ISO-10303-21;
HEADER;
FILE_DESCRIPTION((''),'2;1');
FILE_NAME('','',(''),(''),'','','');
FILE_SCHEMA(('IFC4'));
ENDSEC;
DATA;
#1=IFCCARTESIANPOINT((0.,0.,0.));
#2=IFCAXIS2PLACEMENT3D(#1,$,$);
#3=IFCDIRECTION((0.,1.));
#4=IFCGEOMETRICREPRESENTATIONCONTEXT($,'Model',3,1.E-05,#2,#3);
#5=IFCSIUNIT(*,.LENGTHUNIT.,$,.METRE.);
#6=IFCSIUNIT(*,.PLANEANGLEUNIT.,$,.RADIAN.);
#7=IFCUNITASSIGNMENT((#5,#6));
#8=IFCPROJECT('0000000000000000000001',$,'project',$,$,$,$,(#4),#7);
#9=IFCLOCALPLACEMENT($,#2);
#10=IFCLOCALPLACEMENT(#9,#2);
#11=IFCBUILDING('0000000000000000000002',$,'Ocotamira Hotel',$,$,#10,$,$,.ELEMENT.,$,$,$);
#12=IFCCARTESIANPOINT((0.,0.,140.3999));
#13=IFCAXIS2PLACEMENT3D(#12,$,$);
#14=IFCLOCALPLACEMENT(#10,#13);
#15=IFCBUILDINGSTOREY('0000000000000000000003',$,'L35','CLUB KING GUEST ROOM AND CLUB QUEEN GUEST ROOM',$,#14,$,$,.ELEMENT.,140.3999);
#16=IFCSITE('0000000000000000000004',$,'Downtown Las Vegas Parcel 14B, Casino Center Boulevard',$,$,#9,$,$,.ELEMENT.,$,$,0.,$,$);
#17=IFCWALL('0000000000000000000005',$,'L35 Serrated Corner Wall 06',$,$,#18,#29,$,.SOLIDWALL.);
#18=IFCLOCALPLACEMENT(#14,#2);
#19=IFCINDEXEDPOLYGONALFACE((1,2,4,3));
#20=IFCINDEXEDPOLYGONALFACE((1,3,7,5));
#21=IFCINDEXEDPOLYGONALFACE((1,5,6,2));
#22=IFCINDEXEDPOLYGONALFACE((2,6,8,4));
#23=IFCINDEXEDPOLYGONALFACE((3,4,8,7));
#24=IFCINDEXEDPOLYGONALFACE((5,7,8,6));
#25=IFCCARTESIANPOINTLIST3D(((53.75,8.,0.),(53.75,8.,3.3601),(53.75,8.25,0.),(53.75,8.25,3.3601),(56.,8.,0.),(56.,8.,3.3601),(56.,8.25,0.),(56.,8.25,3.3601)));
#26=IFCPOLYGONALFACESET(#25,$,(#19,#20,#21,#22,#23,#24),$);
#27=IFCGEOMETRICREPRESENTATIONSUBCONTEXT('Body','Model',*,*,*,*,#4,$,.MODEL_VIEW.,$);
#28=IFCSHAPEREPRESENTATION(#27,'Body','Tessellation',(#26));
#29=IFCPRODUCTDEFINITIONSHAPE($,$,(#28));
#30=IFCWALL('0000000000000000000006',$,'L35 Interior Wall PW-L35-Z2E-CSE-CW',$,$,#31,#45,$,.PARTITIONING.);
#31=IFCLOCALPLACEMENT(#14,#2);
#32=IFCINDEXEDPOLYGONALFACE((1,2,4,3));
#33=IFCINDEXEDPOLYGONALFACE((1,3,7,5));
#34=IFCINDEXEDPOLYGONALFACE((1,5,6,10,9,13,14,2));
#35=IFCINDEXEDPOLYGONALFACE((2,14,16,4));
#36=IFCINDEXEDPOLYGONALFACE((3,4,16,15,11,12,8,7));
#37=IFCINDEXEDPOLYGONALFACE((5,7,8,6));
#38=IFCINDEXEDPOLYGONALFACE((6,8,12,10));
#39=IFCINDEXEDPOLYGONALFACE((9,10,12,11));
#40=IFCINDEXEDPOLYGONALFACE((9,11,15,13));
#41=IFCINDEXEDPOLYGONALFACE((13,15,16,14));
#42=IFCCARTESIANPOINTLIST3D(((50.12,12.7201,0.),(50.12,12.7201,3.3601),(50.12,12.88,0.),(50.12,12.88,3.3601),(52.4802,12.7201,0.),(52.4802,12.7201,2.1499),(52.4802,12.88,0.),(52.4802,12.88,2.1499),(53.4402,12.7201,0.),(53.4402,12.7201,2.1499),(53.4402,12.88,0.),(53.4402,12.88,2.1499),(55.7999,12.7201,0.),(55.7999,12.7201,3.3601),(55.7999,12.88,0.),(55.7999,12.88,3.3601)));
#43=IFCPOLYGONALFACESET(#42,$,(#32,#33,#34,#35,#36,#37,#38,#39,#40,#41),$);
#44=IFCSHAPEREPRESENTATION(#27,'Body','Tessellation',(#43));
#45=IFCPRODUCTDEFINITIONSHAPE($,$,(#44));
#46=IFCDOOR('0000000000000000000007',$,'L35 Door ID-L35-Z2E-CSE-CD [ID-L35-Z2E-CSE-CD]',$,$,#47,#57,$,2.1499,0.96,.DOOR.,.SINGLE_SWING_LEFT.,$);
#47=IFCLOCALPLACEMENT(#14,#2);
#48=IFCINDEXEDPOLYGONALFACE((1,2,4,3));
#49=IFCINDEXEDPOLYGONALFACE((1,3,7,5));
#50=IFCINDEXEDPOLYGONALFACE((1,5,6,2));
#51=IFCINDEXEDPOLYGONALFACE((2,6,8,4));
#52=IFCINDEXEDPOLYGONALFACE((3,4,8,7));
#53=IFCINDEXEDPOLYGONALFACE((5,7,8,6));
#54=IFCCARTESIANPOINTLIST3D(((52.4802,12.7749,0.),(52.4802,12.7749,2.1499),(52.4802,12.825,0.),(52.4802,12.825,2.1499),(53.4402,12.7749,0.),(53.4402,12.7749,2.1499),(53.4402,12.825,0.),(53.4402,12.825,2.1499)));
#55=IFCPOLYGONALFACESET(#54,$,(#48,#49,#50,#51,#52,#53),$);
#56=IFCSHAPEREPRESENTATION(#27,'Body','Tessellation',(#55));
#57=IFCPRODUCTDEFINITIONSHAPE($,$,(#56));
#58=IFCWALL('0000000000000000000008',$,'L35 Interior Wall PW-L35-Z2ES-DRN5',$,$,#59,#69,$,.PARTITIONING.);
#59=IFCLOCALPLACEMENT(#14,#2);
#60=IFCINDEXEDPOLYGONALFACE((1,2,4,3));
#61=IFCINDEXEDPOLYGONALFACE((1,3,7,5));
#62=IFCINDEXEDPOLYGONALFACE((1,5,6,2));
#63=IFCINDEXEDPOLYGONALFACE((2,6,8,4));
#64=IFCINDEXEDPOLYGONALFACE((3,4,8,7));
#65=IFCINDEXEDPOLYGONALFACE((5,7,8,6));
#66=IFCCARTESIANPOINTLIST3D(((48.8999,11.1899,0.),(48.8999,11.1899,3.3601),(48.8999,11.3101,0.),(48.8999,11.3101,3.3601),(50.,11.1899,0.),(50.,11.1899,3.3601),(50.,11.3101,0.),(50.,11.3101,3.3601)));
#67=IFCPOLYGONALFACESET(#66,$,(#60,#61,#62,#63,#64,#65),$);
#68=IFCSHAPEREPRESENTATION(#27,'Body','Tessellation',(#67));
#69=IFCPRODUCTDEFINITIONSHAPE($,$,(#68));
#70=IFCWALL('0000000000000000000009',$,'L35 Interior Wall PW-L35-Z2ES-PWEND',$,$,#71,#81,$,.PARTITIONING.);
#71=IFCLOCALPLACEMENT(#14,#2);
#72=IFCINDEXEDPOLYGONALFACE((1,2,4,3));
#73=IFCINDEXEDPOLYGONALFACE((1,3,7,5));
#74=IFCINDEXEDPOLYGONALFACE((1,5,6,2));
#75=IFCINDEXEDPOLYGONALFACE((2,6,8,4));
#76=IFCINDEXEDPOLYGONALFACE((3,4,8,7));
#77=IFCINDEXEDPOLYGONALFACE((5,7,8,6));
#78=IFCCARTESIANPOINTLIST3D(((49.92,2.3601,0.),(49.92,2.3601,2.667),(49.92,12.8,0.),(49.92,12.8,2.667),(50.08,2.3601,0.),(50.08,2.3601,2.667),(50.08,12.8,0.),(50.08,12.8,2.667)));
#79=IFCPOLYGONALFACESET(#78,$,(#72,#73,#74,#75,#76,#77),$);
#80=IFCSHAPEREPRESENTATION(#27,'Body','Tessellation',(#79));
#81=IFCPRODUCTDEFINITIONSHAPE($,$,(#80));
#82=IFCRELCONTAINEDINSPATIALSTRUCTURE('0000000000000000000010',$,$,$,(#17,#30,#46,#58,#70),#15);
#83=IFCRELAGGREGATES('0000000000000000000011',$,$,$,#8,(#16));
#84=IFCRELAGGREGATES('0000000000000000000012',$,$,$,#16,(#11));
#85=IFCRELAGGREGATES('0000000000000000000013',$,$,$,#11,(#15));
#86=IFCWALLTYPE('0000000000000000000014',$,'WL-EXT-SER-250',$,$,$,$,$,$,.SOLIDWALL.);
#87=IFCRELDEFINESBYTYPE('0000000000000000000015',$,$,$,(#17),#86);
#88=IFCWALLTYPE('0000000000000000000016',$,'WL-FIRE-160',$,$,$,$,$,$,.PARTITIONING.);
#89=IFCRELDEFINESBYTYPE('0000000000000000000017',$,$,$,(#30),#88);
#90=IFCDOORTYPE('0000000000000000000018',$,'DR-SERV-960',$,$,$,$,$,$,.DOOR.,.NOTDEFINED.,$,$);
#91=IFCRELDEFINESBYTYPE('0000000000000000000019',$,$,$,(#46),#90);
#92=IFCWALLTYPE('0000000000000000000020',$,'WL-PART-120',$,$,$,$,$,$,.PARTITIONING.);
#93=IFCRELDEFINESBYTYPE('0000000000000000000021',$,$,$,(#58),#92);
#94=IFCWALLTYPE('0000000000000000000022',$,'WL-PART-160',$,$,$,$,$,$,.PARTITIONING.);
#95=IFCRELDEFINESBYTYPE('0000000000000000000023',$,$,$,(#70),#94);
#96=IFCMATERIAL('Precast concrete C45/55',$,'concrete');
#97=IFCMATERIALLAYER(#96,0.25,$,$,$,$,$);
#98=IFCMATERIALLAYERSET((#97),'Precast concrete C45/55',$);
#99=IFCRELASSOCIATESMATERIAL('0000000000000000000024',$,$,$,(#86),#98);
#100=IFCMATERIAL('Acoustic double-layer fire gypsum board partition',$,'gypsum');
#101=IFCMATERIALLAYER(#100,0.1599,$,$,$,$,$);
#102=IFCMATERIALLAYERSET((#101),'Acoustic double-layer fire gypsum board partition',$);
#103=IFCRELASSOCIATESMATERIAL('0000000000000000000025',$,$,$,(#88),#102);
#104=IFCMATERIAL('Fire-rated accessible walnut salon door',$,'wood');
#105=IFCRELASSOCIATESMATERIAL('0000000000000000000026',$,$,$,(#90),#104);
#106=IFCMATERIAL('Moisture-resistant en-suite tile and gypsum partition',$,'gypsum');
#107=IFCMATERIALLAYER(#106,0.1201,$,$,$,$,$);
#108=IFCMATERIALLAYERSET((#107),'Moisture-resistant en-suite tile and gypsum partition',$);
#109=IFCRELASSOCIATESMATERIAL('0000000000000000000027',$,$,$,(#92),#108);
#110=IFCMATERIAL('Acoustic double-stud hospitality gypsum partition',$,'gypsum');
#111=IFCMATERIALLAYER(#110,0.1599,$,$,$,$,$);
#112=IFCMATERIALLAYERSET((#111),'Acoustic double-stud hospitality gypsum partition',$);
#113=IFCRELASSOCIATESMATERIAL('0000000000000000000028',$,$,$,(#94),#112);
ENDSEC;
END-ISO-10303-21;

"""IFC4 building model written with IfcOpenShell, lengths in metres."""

from ifc_helpers import new_model, si_unit, direction, frame, frame_2d, origin, place, context, subcontext, project, spatial, rectangle, extrude, source, transform, mapped, material, layer, layer_set, type_object, element, fill, save


model = new_model("IFC4")

# Units and contexts
model_context = context("Model", 3, precision=1e-05, world=origin(), true_north=direction((0.0, 1.0)))
body_context = subcontext(model_context, "Body", "Model", "MODEL_VIEW")
ifc_project = project(units=[si_unit("LENGTHUNIT", "METRE"), si_unit("PLANEANGLEUNIT", "RADIAN")], contexts=[model_context])

# Site, building, storey
site_placement = place(None, origin())
site = spatial("IfcSite", under=ifc_project, at=site_placement, Name="Downtown Las Vegas Parcel 14B, Casino Center Boulevard", CompositionType="ELEMENT", RefElevation=0.0)
building_placement = place(site_placement, origin())
building = spatial("IfcBuilding", under=site, at=building_placement, Name="Ocotamira Hotel", CompositionType="ELEMENT")
storey_placement = place(building_placement, frame((0.0, 0.0, 140.3999)))
storey = spatial("IfcBuildingStorey", under=building, at=storey_placement, Name="L35", Description="CLUB KING GUEST ROOM AND CLUB QUEEN GUEST ROOM", CompositionType="ELEMENT", Elevation=140.3999)

# Shared definitions
ifc_material_1 = material(Name="Precast concrete C45/55", Category="concrete")
ifc_layer_1 = layer(ifc_material_1, 0.25)
ifc_layer_set_1 = layer_set([ifc_layer_1], Name="Precast concrete C45/55")
wall_type_1 = type_object("IfcWallType", Name="WL-EXT-SER-250", PredefinedType="SOLIDWALL", material=ifc_layer_set_1)

# Wall
wall_1_placement = place(storey_placement, frame((53.75, 8.125, 0.0), z_axis=(0.0, 0.0, 1.0), x_axis=(1.0, 0.0, 0.0)))
element("IfcWall", 1, at=wall_1_placement, inside=storey, type_object=wall_type_1, Name="L35 Serrated Corner Wall 06", PredefinedType="SOLIDWALL", context=body_context, shape_type="SweptSolid", body=[
    extrude(rectangle(XDim=2.25, YDim=0.25, at=frame_2d((1.125, 0.0))), origin(), (0.0, 0.0, 1.0), 3.3601),
])

# Wall, opening, door
ifc_material_2 = material(Name="Acoustic double-layer fire gypsum board partition", Category="gypsum")
ifc_layer_2 = layer(ifc_material_2, 0.1599)
ifc_layer_set_2 = layer_set([ifc_layer_2], Name="Acoustic double-layer fire gypsum board partition")
wall_type_2 = type_object("IfcWallType", Name="WL-FIRE-160", PredefinedType="PARTITIONING", material=ifc_layer_set_2)
wall_2_placement = place(storey_placement, frame((50.1201, 12.8, 0.0), z_axis=(0.0, 0.0, 1.0), x_axis=(1.0, 0.0, 0.0)))
wall_2 = element("IfcWall", 2, at=wall_2_placement, inside=storey, type_object=wall_type_2, Name="L35 Interior Wall PW-L35-Z2E-CSE-CW", PredefinedType="PARTITIONING", context=body_context, shape_type="SweptSolid", body=[
    extrude(rectangle(XDim=5.6799, YDim=0.1599, at=frame_2d((2.8398, 0.0))), origin(), (0.0, 0.0, 1.0), 3.3601),
])
opening_1_placement = place(wall_2_placement, frame((2.3601, 0.0, 0.0)))
opening_1 = element("IfcOpeningElement", 3, at=opening_1_placement, cuts=wall_2, PredefinedType="OPENING", context=body_context, shape_type="SweptSolid", body=[
    extrude(rectangle(XDim=0.96, YDim=2.1499, at=frame_2d((0.48, 1.075))), frame((0.0, 0.0898, 0.0), z_axis=(0.0, -1.0, 0.0), x_axis=(1.0, 0.0, 0.0)), (0.0, 0.0, 1.0), 0.1799),
])
ifc_material_3 = material(Name="Fire-rated accessible walnut salon door", Category="wood")
door_type_1 = type_object("IfcDoorType", Name="DR-SERV-960", OperationType="NOTDEFINED", PredefinedType="DOOR", material=ifc_material_3)
shared_shape_1 = source(origin(), body_context, "Body", "SweptSolid", [
    extrude(rectangle(XDim=0.96, YDim=2.1499, at=frame_2d((0.48, 1.075))), frame((0.0, 0.0249, 0.0), z_axis=(0.0, -1.0, 0.0), x_axis=(1.0, 0.0, 0.0)), (0.0, 0.0, 1.0), 0.05),
])
door_1_placement = place(opening_1_placement, origin())
door_1 = element("IfcDoor", 4, at=door_1_placement, inside=storey, type_object=door_type_1, Name="L35 Door ID-L35-Z2E-CSE-CD [ID-L35-Z2E-CSE-CD]", OperationType="SINGLE_SWING_LEFT", OverallHeight=2.1499, OverallWidth=0.96, PredefinedType="DOOR", context=body_context, shape_type="MappedRepresentation", body=[
    mapped(shared_shape_1, transform((0.0, 0.0, 0.0), scale=1.0)),
])
fill(opening_1, door_1)

# Walls
ifc_material_4 = material(Name="Moisture-resistant en-suite tile and gypsum partition", Category="gypsum")
ifc_layer_3 = layer(ifc_material_4, 0.1201)
ifc_layer_set_3 = layer_set([ifc_layer_3], Name="Moisture-resistant en-suite tile and gypsum partition")
wall_type_3 = type_object("IfcWallType", Name="WL-PART-120", PredefinedType="PARTITIONING", material=ifc_layer_set_3)
wall_3_placement = place(storey_placement, frame((48.8999, 11.25, 0.0), z_axis=(0.0, 0.0, 1.0), x_axis=(1.0, 0.0, 0.0)))
element("IfcWall", 5, at=wall_3_placement, inside=storey, type_object=wall_type_3, Name="L35 Interior Wall PW-L35-Z2ES-DRN5", PredefinedType="PARTITIONING", context=body_context, shape_type="SweptSolid", body=[
    extrude(rectangle(XDim=1.1001, YDim=0.1201, at=frame_2d((0.55, 0.0))), origin(), (0.0, 0.0, 1.0), 3.3601),
])
ifc_material_5 = material(Name="Acoustic double-stud hospitality gypsum partition", Category="gypsum")
ifc_layer_4 = layer(ifc_material_5, 0.1599)
ifc_layer_set_4 = layer_set([ifc_layer_4], Name="Acoustic double-stud hospitality gypsum partition")
wall_type_4 = type_object("IfcWallType", Name="WL-PART-160", PredefinedType="PARTITIONING", material=ifc_layer_set_4)
wall_4_placement = place(storey_placement, frame((50.0, 2.3601, 0.0), z_axis=(0.0, 0.0, 1.0), x_axis=(0.0, 1.0, 0.0)))
element("IfcWall", 6, at=wall_4_placement, inside=storey, type_object=wall_type_4, Name="L35 Interior Wall PW-L35-Z2ES-PWEND", PredefinedType="PARTITIONING", context=body_context, shape_type="SweptSolid", body=[
    extrude(rectangle(XDim=10.4399, YDim=0.1599, at=frame_2d((5.22, 0.0))), origin(), (0.0, 0.0, 1.0), 2.667),
])

save(model, "model.ifc")
